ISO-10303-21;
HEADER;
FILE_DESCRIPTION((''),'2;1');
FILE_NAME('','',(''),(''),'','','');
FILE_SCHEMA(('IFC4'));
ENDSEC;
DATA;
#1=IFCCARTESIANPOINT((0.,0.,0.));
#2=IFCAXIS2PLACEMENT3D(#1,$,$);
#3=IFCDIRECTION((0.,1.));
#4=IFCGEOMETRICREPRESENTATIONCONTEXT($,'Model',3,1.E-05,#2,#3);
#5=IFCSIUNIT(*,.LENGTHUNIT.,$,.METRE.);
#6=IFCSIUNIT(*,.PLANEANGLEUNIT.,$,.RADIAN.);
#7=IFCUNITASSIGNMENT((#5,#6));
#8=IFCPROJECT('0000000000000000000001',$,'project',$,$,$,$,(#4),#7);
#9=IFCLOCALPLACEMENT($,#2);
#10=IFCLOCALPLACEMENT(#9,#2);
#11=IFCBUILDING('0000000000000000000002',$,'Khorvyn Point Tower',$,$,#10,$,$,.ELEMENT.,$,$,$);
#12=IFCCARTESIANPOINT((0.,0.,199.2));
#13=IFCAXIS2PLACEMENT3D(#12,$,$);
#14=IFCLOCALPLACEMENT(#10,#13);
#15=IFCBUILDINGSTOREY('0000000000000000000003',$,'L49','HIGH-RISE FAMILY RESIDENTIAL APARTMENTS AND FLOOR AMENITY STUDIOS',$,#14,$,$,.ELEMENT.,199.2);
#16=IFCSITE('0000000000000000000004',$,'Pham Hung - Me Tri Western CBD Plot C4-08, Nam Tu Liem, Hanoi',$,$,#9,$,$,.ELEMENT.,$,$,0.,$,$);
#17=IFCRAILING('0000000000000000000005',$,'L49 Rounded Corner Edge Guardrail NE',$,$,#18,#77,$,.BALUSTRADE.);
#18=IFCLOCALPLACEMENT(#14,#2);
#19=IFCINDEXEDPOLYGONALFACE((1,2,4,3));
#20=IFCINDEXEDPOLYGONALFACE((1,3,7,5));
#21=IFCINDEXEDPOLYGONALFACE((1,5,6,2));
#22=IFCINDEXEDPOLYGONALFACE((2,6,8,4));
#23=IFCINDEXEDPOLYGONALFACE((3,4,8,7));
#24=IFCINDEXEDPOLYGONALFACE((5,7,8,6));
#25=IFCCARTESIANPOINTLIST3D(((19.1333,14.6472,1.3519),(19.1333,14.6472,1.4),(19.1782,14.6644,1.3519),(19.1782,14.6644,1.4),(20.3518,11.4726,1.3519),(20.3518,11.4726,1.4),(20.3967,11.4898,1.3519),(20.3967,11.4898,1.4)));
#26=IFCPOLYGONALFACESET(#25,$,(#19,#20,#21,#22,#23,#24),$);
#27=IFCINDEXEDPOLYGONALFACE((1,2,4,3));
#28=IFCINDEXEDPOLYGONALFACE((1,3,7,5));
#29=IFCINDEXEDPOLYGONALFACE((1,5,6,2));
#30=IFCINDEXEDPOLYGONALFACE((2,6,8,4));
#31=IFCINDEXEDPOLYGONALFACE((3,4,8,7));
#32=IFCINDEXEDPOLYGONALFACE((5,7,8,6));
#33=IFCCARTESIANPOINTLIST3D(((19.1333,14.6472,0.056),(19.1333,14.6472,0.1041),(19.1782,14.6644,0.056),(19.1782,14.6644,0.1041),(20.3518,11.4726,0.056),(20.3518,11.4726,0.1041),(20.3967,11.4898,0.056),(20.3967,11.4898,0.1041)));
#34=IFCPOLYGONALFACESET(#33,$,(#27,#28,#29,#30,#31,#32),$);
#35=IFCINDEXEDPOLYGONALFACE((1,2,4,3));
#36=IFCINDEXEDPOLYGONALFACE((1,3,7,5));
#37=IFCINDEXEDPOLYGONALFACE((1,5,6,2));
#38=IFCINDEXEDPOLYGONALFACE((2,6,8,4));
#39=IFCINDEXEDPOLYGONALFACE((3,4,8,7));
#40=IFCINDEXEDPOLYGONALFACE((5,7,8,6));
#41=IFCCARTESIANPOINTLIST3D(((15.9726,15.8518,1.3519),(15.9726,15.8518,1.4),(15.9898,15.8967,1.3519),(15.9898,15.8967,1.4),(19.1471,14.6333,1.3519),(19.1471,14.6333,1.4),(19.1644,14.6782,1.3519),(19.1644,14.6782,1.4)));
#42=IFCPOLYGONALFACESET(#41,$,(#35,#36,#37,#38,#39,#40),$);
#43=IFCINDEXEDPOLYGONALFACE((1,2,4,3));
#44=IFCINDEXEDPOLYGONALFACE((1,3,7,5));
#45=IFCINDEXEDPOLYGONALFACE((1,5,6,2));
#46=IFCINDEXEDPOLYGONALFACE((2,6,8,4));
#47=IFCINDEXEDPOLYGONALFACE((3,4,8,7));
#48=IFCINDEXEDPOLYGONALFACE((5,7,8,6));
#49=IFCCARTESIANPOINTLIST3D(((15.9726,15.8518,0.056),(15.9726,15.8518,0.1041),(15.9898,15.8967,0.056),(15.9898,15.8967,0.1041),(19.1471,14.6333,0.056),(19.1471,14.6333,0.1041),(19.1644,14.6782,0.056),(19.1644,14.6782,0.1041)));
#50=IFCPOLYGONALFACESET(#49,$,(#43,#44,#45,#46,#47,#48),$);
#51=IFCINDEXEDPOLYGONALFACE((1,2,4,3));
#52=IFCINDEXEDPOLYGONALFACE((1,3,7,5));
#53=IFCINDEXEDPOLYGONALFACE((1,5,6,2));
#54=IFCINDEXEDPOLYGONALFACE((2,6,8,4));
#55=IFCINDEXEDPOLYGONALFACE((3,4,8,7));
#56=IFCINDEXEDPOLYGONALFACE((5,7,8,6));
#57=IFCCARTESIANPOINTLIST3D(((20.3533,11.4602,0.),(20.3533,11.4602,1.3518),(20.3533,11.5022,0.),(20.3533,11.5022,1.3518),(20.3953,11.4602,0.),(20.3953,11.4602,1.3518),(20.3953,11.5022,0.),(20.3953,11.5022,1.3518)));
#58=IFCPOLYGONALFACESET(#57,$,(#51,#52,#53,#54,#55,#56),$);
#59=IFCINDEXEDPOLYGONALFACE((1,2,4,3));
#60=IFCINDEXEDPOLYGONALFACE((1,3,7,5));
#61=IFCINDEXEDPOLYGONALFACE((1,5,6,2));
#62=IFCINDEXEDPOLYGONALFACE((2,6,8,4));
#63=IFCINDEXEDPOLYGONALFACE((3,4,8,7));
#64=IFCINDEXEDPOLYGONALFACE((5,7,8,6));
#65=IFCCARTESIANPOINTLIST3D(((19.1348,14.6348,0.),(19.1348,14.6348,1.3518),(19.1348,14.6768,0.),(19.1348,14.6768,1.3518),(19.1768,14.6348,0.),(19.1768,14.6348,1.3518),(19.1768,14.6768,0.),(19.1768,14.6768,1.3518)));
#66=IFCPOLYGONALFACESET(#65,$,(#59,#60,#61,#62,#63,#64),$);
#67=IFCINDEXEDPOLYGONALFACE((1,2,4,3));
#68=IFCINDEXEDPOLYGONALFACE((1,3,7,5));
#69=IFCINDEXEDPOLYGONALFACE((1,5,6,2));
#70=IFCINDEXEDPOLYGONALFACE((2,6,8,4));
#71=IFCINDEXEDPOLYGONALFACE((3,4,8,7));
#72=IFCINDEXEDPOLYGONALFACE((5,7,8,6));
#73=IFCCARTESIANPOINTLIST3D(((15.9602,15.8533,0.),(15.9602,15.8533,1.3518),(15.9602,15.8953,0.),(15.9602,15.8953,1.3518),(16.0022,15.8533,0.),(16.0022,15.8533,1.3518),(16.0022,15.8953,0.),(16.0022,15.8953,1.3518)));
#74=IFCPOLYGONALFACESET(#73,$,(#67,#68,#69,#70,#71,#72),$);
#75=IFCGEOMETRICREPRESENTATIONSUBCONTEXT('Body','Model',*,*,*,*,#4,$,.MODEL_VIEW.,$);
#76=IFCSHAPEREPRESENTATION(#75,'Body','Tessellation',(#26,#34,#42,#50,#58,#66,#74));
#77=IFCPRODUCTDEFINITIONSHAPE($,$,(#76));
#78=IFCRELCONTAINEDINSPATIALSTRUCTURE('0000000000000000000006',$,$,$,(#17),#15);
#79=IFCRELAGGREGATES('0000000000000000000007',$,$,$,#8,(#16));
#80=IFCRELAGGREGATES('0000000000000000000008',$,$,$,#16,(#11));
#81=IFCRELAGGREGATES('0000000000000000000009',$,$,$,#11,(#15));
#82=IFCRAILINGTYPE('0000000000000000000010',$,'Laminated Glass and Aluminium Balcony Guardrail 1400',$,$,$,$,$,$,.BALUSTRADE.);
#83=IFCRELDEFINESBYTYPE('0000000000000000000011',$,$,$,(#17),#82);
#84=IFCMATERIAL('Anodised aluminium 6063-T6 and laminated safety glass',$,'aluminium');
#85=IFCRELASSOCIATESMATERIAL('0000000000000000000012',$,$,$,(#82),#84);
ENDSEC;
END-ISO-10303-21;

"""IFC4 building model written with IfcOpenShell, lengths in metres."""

from ifc_helpers import new_model, si_unit, direction, frame, origin, origin_2d, place, context, subcontext, project, spatial, rectangle, extrude, material, type_object, element, save


model = new_model("IFC4")

# Units and contexts
model_context = context("Model", 3, precision=1e-05, world=origin(), true_north=direction((0.0, 1.0)))
body_context = subcontext(model_context, "Body", "Model", "MODEL_VIEW")
ifc_project = project(units=[si_unit("LENGTHUNIT", "METRE"), si_unit("PLANEANGLEUNIT", "RADIAN")], contexts=[model_context])

# Site, building, storey
site_placement = place(None, origin())
site = spatial("IfcSite", under=ifc_project, at=site_placement, Name="Pham Hung - Me Tri Western CBD Plot C4-08, Nam Tu Liem, Hanoi", CompositionType="ELEMENT", RefElevation=0.0)
building_placement = place(site_placement, origin())
building = spatial("IfcBuilding", under=site, at=building_placement, Name="Khorvyn Point Tower", CompositionType="ELEMENT")
storey_placement = place(building_placement, frame((0.0, 0.0, 199.2)))
storey = spatial("IfcBuildingStorey", under=building, at=storey_placement, Name="L49", Description="HIGH-RISE FAMILY RESIDENTIAL APARTMENTS AND FLOOR AMENITY STUDIOS", CompositionType="ELEMENT", Elevation=199.2)

# Railing
ifc_material_1 = material(Name="Anodised aluminium 6063-T6 and laminated safety glass", Category="aluminium")
railing_type = type_object("IfcRailingType", Name="Laminated Glass and Aluminium Balcony Guardrail 1400", PredefinedType="BALUSTRADE", material=ifc_material_1)
railing_placement = place(storey_placement, frame((20.3743, 11.4812, 0.0)))
element("IfcRailing", 1, at=railing_placement, inside=storey, type_object=railing_type, Name="L49 Rounded Corner Edge Guardrail NE", PredefinedType="BALUSTRADE", context=body_context, shape_type="SweptSolid", body=[
    extrude(rectangle(XDim=0.0481, YDim=0.0481, at=origin_2d()), frame((0.0, 0.0, 1.376), z_axis=(-0.358344, 0.93359, 0.0), x_axis=(-0.93359, -0.358344, 0.0)), (0.0, 0.0, 1.0), 3.4004),
    extrude(rectangle(XDim=0.0481, YDim=0.0481, at=origin_2d()), frame((0.0, 0.0, 0.0801), z_axis=(-0.358344, 0.93359, 0.0), x_axis=(-0.93359, -0.358344, 0.0)), (0.0, 0.0, 1.0), 3.4004),
    extrude(rectangle(XDim=0.0481, YDim=0.0481, at=origin_2d()), frame((-1.2185, 3.1746, 1.376), z_axis=(-0.93359, 0.358344, 0.0), x_axis=(-0.358344, -0.93359, 0.0)), (0.0, 0.0, 1.0), 3.4004),
    extrude(rectangle(XDim=0.0481, YDim=0.0481, at=origin_2d()), frame((-1.2185, 3.1746, 0.0801), z_axis=(-0.93359, 0.358344, 0.0), x_axis=(-0.358344, -0.93359, 0.0)), (0.0, 0.0, 1.0), 3.4004),
    extrude(rectangle(XDim=0.042, YDim=0.042, at=origin_2d()), origin(), (0.0, 0.0, 1.0), 1.3518),
    extrude(rectangle(XDim=0.042, YDim=0.042, at=origin_2d()), frame((-1.2185, 3.1746, 0.0)), (0.0, 0.0, 1.0), 1.3518),
    extrude(rectangle(XDim=0.042, YDim=0.042, at=origin_2d()), frame((-4.3931, 4.3931, 0.0)), (0.0, 0.0, 1.0), 1.3518),
])

save(model, "model.ifc")
